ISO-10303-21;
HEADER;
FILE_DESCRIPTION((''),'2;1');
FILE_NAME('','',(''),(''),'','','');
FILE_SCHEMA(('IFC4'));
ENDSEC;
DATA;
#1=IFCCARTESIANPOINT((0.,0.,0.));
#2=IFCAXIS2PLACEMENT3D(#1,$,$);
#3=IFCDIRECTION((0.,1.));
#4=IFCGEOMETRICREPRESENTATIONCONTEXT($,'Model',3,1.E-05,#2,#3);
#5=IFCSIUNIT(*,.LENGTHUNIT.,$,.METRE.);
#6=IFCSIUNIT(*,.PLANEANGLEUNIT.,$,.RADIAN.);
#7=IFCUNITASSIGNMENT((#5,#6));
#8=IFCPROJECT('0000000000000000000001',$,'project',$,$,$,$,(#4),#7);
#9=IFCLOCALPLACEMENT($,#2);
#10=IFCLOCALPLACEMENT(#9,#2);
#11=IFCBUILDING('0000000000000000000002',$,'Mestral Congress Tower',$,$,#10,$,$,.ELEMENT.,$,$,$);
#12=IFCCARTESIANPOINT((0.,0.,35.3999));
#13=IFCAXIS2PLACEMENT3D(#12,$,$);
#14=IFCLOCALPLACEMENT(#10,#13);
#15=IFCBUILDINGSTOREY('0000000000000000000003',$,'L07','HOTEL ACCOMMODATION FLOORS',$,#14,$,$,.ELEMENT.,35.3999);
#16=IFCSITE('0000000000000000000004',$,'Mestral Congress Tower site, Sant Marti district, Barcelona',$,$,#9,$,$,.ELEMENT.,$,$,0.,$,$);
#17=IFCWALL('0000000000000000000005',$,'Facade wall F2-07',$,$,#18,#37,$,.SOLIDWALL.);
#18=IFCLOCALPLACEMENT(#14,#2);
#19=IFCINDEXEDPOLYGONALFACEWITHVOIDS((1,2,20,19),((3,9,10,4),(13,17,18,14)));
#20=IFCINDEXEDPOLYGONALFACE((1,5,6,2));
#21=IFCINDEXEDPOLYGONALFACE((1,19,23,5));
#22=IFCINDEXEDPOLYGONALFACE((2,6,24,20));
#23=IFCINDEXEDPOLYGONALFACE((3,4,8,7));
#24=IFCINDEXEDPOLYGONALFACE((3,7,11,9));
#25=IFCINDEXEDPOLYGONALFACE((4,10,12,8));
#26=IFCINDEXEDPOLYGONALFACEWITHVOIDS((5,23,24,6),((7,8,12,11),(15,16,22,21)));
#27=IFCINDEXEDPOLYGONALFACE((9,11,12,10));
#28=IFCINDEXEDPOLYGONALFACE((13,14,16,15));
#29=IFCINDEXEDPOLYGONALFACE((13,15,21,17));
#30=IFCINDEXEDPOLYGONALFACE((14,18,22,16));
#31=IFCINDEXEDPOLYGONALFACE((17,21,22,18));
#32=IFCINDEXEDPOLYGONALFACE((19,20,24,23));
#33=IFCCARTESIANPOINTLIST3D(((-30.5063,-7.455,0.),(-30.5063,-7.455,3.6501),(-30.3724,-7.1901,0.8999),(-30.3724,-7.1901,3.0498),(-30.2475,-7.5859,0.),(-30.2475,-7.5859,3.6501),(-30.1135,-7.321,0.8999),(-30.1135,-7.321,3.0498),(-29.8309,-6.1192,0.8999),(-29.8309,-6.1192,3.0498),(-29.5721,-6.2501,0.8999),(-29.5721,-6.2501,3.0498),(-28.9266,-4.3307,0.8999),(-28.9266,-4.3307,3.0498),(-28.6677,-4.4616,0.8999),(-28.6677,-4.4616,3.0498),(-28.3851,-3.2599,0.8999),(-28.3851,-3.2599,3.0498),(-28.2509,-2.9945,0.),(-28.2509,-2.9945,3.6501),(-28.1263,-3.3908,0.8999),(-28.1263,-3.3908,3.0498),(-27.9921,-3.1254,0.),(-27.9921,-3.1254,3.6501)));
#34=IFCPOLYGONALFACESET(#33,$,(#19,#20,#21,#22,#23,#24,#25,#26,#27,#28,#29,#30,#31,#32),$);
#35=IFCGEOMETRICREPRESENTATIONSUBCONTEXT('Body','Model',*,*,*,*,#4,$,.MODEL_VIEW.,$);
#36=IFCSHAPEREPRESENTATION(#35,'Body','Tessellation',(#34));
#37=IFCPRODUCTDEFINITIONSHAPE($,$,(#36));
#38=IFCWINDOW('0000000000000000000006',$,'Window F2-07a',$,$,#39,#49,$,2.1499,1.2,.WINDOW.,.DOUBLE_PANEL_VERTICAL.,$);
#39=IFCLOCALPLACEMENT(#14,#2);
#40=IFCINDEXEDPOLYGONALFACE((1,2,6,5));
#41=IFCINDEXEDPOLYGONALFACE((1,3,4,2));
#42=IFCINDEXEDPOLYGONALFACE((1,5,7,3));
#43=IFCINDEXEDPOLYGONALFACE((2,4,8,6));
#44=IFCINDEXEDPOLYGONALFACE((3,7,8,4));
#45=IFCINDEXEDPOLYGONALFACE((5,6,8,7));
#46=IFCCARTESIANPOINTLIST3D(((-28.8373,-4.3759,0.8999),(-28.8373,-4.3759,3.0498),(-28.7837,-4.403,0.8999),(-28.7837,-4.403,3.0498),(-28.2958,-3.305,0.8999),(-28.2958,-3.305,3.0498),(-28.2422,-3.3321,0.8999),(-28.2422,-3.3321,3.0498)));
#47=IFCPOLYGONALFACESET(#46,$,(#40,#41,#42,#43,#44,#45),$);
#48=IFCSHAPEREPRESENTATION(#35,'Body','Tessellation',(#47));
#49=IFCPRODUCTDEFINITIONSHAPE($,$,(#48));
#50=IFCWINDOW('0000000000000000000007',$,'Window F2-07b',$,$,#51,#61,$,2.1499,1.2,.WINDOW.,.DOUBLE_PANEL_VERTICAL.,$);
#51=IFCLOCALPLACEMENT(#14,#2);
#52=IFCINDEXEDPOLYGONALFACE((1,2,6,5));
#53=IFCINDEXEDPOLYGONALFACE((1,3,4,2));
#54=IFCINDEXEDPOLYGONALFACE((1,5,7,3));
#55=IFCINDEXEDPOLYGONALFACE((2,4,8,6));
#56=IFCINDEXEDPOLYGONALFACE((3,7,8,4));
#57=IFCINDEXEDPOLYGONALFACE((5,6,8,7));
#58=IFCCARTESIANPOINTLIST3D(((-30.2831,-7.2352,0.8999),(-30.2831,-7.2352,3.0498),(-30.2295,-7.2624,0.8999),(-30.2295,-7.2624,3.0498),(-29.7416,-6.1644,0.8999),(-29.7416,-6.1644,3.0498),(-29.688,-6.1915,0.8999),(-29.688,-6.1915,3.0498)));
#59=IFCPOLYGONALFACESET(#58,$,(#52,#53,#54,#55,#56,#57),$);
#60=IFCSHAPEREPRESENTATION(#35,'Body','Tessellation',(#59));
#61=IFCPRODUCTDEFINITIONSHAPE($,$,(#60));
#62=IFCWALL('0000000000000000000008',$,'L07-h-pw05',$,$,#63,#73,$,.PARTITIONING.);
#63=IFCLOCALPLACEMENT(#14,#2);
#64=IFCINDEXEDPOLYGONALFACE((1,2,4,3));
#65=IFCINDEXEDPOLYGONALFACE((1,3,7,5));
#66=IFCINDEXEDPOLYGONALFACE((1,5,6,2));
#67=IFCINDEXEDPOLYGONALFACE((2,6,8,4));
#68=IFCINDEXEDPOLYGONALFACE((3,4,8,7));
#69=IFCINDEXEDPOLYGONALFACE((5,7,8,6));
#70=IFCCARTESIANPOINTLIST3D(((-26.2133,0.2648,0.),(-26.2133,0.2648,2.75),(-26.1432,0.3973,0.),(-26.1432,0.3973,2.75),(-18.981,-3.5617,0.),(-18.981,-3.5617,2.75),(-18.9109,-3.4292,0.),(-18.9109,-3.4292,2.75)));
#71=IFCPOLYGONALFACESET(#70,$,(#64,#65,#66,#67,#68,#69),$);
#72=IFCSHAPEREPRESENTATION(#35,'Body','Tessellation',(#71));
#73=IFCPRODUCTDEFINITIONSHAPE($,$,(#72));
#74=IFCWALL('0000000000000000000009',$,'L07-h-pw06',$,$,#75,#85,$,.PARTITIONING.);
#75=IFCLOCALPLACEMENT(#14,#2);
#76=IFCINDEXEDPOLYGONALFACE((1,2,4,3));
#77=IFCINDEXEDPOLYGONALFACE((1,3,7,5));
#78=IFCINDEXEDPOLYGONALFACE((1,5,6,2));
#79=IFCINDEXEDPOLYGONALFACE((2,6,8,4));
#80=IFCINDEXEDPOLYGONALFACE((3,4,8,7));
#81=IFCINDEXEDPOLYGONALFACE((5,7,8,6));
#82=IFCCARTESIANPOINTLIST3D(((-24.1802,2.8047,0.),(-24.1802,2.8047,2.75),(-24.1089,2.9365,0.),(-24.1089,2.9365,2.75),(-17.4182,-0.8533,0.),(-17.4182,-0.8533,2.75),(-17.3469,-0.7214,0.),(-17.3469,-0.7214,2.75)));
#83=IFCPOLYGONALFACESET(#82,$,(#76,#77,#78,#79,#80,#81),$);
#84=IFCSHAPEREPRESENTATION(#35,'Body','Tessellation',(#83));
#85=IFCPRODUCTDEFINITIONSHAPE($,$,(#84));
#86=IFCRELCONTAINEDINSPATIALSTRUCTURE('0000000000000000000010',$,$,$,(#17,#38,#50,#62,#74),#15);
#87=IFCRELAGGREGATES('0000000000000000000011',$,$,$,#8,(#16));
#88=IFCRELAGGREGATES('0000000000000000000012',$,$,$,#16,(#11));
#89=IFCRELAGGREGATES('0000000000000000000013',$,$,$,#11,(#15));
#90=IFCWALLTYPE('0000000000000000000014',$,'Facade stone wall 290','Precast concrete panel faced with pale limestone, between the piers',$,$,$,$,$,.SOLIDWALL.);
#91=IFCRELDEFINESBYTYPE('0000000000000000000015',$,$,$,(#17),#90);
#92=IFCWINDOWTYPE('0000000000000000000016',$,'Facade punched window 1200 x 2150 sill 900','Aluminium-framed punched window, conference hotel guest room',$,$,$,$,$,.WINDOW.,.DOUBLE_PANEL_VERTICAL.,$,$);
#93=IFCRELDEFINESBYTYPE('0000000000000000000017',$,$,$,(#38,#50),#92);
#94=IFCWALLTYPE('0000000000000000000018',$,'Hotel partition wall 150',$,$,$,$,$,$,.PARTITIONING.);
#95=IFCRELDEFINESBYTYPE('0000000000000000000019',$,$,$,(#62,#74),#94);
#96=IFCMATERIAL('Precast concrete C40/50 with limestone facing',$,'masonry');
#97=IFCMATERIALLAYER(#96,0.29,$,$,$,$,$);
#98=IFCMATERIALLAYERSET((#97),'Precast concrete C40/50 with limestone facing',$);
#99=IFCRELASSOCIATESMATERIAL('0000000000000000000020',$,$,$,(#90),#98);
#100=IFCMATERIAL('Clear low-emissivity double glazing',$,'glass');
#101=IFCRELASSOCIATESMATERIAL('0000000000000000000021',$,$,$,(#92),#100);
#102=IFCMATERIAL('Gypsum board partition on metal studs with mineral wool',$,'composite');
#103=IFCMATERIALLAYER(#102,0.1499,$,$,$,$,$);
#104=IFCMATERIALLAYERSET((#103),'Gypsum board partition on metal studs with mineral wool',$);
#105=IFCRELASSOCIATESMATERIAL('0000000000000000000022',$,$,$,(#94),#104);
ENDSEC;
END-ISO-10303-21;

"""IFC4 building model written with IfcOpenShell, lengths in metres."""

from ifc_helpers import new_model, si_unit, direction, frame, frame_2d, origin, place, context, subcontext, project, spatial, rectangle, extrude, material, layer, layer_set, type_object, element, fill, save


model = new_model("IFC4")

# Units and contexts
model_context = context("Model", 3, precision=1e-05, world=origin(), true_north=direction((0.0, 1.0)))
body_context = subcontext(model_context, "Body", "Model", "MODEL_VIEW")
ifc_project = project(units=[si_unit("LENGTHUNIT", "METRE"), si_unit("PLANEANGLEUNIT", "RADIAN")], contexts=[model_context])

# Site, building, storey
site_placement = place(None, origin())
site = spatial("IfcSite", under=ifc_project, at=site_placement, Name="Mestral Congress Tower site, Sant Marti district, Barcelona", CompositionType="ELEMENT", RefElevation=0.0)
building_placement = place(site_placement, origin())
building = spatial("IfcBuilding", under=site, at=building_placement, Name="Mestral Congress Tower", CompositionType="ELEMENT")
storey_placement = place(building_placement, frame((0.0, 0.0, 35.3999)))
storey = spatial("IfcBuildingStorey", under=building, at=storey_placement, Name="L07", Description="HOTEL ACCOMMODATION FLOORS", CompositionType="ELEMENT", Elevation=35.3999)

# Wall, openings, windows
ifc_material_1 = material(Name="Precast concrete C40/50 with limestone facing", Category="masonry")
ifc_layer_1 = layer(ifc_material_1, 0.29)
ifc_layer_set_1 = layer_set([ifc_layer_1], Name="Precast concrete C40/50 with limestone facing")
wall_type_1 = type_object("IfcWallType", Name="Facade stone wall 290", Description="Precast concrete panel faced with pale limestone, between the piers", PredefinedType="SOLIDWALL", material=ifc_layer_set_1)
ifc_material_2 = material(Name="Clear low-emissivity double glazing", Category="glass")
window_type = type_object("IfcWindowType", Name="Facade punched window 1200 x 2150 sill 900", Description="Aluminium-framed punched window, conference hotel guest room", PartitioningType="DOUBLE_PANEL_VERTICAL", PredefinedType="WINDOW", material=ifc_material_2)
wall_1_placement = place(storey_placement, frame((-28.1216, -3.0601, 0.0), z_axis=(0.0, 0.0, 1.0), x_axis=(-0.451234, -0.892406, 0.0)))
wall_1 = element("IfcWall", 1, at=wall_1_placement, inside=storey, type_object=wall_type_1, Name="Facade wall F2-07", PredefinedType="SOLIDWALL", context=body_context, shape_type="SweptSolid", body=[
    extrude(rectangle(XDim=4.9983, YDim=0.29, at=frame_2d((2.499, 0.0))), origin(), (0.0, 0.0, 1.0), 3.6501),
])
opening_1_placement = place(wall_1_placement, frame((0.2971, 0.0, 0.8999)))
opening_1 = element("IfcOpeningElement", 2, at=opening_1_placement, cuts=wall_1, PredefinedType="OPENING", context=body_context, shape_type="SweptSolid", body=[
    extrude(rectangle(XDim=1.2, YDim=2.1499, at=frame_2d((0.6001, 1.075))), frame((0.0, 0.155, 0.0), z_axis=(0.0, -1.0, 0.0), x_axis=(1.0, 0.0, 0.0)), (0.0, 0.0, 1.0), 0.3101),
])
opening_2_placement = place(wall_1_placement, frame((3.5012, 0.0, 0.8999)))
opening_2 = element("IfcOpeningElement", 3, at=opening_2_placement, cuts=wall_1, PredefinedType="OPENING", context=body_context, shape_type="SweptSolid", body=[
    extrude(rectangle(XDim=1.2, YDim=2.1499, at=frame_2d((0.6001, 1.075))), frame((0.0, 0.155, 0.0), z_axis=(0.0, -1.0, 0.0), x_axis=(1.0, 0.0, 0.0)), (0.0, 0.0, 1.0), 0.3101),
])
window_1_placement = place(opening_1_placement, origin())
window_1 = element("IfcWindow", 4, at=window_1_placement, inside=storey, type_object=window_type, Name="Window F2-07a", OverallHeight=2.1499, OverallWidth=1.2, PartitioningType="DOUBLE_PANEL_VERTICAL", PredefinedType="WINDOW", context=body_context, shape_type="SweptSolid", body=[
    extrude(rectangle(XDim=1.2, YDim=2.1499, at=frame_2d((0.6001, 1.075))), frame((0.0, 0.0151, 0.0), z_axis=(0.0, -1.0, 0.0), x_axis=(1.0, 0.0, 0.0)), (0.0, 0.0, 1.0), 0.0601),
])
fill(opening_1, window_1)
window_2_placement = place(opening_2_placement, origin())
window_2 = element("IfcWindow", 5, at=window_2_placement, inside=storey, type_object=window_type, Name="Window F2-07b", OverallHeight=2.1499, OverallWidth=1.2, PartitioningType="DOUBLE_PANEL_VERTICAL", PredefinedType="WINDOW", context=body_context, shape_type="SweptSolid", body=[
    extrude(rectangle(XDim=1.2, YDim=2.1499, at=frame_2d((0.6001, 1.075))), frame((0.0, 0.0151, 0.0), z_axis=(0.0, -1.0, 0.0), x_axis=(1.0, 0.0, 0.0)), (0.0, 0.0, 1.0), 0.0601),
])
fill(opening_2, window_2)

# Walls
ifc_material_3 = material(Name="Gypsum board partition on metal studs with mineral wool", Category="composite")
ifc_layer_2 = layer(ifc_material_3, 0.1499)
ifc_layer_set_2 = layer_set([ifc_layer_2], Name="Gypsum board partition on metal studs with mineral wool")
wall_type_2 = type_object("IfcWallType", Name="Hotel partition wall 150", PredefinedType="PARTITIONING", material=ifc_layer_set_2)
wall_2_placement = place(storey_placement, frame((-26.1782, 0.3311, 0.0), z_axis=(0.0, 0.0, 1.0), x_axis=(0.883908, -0.46766, 0.0)))
element("IfcWall", 6, at=wall_2_placement, inside=storey, type_object=wall_type_2, Name="L07-h-pw05", PredefinedType="PARTITIONING", context=body_context, shape_type="SweptSolid", body=[
    extrude(rectangle(XDim=8.1821, YDim=0.1499, at=frame_2d((4.0911, 0.0))), origin(), (0.0, 0.0, 1.0), 2.75),
])
wall_3_placement = place(storey_placement, frame((-24.1445, 2.8706, 0.0), z_axis=(0.0, 0.0, 1.0), x_axis=(0.879552, -0.475803, 0.0)))
element("IfcWall", 7, at=wall_3_placement, inside=storey, type_object=wall_type_2, Name="L07-h-pw06", PredefinedType="PARTITIONING", context=body_context, shape_type="SweptSolid", body=[
    extrude(rectangle(XDim=7.688, YDim=0.1499, at=frame_2d((3.844, 0.0))), origin(), (0.0, 0.0, 1.0), 2.75),
])

save(model, "model.ifc")
